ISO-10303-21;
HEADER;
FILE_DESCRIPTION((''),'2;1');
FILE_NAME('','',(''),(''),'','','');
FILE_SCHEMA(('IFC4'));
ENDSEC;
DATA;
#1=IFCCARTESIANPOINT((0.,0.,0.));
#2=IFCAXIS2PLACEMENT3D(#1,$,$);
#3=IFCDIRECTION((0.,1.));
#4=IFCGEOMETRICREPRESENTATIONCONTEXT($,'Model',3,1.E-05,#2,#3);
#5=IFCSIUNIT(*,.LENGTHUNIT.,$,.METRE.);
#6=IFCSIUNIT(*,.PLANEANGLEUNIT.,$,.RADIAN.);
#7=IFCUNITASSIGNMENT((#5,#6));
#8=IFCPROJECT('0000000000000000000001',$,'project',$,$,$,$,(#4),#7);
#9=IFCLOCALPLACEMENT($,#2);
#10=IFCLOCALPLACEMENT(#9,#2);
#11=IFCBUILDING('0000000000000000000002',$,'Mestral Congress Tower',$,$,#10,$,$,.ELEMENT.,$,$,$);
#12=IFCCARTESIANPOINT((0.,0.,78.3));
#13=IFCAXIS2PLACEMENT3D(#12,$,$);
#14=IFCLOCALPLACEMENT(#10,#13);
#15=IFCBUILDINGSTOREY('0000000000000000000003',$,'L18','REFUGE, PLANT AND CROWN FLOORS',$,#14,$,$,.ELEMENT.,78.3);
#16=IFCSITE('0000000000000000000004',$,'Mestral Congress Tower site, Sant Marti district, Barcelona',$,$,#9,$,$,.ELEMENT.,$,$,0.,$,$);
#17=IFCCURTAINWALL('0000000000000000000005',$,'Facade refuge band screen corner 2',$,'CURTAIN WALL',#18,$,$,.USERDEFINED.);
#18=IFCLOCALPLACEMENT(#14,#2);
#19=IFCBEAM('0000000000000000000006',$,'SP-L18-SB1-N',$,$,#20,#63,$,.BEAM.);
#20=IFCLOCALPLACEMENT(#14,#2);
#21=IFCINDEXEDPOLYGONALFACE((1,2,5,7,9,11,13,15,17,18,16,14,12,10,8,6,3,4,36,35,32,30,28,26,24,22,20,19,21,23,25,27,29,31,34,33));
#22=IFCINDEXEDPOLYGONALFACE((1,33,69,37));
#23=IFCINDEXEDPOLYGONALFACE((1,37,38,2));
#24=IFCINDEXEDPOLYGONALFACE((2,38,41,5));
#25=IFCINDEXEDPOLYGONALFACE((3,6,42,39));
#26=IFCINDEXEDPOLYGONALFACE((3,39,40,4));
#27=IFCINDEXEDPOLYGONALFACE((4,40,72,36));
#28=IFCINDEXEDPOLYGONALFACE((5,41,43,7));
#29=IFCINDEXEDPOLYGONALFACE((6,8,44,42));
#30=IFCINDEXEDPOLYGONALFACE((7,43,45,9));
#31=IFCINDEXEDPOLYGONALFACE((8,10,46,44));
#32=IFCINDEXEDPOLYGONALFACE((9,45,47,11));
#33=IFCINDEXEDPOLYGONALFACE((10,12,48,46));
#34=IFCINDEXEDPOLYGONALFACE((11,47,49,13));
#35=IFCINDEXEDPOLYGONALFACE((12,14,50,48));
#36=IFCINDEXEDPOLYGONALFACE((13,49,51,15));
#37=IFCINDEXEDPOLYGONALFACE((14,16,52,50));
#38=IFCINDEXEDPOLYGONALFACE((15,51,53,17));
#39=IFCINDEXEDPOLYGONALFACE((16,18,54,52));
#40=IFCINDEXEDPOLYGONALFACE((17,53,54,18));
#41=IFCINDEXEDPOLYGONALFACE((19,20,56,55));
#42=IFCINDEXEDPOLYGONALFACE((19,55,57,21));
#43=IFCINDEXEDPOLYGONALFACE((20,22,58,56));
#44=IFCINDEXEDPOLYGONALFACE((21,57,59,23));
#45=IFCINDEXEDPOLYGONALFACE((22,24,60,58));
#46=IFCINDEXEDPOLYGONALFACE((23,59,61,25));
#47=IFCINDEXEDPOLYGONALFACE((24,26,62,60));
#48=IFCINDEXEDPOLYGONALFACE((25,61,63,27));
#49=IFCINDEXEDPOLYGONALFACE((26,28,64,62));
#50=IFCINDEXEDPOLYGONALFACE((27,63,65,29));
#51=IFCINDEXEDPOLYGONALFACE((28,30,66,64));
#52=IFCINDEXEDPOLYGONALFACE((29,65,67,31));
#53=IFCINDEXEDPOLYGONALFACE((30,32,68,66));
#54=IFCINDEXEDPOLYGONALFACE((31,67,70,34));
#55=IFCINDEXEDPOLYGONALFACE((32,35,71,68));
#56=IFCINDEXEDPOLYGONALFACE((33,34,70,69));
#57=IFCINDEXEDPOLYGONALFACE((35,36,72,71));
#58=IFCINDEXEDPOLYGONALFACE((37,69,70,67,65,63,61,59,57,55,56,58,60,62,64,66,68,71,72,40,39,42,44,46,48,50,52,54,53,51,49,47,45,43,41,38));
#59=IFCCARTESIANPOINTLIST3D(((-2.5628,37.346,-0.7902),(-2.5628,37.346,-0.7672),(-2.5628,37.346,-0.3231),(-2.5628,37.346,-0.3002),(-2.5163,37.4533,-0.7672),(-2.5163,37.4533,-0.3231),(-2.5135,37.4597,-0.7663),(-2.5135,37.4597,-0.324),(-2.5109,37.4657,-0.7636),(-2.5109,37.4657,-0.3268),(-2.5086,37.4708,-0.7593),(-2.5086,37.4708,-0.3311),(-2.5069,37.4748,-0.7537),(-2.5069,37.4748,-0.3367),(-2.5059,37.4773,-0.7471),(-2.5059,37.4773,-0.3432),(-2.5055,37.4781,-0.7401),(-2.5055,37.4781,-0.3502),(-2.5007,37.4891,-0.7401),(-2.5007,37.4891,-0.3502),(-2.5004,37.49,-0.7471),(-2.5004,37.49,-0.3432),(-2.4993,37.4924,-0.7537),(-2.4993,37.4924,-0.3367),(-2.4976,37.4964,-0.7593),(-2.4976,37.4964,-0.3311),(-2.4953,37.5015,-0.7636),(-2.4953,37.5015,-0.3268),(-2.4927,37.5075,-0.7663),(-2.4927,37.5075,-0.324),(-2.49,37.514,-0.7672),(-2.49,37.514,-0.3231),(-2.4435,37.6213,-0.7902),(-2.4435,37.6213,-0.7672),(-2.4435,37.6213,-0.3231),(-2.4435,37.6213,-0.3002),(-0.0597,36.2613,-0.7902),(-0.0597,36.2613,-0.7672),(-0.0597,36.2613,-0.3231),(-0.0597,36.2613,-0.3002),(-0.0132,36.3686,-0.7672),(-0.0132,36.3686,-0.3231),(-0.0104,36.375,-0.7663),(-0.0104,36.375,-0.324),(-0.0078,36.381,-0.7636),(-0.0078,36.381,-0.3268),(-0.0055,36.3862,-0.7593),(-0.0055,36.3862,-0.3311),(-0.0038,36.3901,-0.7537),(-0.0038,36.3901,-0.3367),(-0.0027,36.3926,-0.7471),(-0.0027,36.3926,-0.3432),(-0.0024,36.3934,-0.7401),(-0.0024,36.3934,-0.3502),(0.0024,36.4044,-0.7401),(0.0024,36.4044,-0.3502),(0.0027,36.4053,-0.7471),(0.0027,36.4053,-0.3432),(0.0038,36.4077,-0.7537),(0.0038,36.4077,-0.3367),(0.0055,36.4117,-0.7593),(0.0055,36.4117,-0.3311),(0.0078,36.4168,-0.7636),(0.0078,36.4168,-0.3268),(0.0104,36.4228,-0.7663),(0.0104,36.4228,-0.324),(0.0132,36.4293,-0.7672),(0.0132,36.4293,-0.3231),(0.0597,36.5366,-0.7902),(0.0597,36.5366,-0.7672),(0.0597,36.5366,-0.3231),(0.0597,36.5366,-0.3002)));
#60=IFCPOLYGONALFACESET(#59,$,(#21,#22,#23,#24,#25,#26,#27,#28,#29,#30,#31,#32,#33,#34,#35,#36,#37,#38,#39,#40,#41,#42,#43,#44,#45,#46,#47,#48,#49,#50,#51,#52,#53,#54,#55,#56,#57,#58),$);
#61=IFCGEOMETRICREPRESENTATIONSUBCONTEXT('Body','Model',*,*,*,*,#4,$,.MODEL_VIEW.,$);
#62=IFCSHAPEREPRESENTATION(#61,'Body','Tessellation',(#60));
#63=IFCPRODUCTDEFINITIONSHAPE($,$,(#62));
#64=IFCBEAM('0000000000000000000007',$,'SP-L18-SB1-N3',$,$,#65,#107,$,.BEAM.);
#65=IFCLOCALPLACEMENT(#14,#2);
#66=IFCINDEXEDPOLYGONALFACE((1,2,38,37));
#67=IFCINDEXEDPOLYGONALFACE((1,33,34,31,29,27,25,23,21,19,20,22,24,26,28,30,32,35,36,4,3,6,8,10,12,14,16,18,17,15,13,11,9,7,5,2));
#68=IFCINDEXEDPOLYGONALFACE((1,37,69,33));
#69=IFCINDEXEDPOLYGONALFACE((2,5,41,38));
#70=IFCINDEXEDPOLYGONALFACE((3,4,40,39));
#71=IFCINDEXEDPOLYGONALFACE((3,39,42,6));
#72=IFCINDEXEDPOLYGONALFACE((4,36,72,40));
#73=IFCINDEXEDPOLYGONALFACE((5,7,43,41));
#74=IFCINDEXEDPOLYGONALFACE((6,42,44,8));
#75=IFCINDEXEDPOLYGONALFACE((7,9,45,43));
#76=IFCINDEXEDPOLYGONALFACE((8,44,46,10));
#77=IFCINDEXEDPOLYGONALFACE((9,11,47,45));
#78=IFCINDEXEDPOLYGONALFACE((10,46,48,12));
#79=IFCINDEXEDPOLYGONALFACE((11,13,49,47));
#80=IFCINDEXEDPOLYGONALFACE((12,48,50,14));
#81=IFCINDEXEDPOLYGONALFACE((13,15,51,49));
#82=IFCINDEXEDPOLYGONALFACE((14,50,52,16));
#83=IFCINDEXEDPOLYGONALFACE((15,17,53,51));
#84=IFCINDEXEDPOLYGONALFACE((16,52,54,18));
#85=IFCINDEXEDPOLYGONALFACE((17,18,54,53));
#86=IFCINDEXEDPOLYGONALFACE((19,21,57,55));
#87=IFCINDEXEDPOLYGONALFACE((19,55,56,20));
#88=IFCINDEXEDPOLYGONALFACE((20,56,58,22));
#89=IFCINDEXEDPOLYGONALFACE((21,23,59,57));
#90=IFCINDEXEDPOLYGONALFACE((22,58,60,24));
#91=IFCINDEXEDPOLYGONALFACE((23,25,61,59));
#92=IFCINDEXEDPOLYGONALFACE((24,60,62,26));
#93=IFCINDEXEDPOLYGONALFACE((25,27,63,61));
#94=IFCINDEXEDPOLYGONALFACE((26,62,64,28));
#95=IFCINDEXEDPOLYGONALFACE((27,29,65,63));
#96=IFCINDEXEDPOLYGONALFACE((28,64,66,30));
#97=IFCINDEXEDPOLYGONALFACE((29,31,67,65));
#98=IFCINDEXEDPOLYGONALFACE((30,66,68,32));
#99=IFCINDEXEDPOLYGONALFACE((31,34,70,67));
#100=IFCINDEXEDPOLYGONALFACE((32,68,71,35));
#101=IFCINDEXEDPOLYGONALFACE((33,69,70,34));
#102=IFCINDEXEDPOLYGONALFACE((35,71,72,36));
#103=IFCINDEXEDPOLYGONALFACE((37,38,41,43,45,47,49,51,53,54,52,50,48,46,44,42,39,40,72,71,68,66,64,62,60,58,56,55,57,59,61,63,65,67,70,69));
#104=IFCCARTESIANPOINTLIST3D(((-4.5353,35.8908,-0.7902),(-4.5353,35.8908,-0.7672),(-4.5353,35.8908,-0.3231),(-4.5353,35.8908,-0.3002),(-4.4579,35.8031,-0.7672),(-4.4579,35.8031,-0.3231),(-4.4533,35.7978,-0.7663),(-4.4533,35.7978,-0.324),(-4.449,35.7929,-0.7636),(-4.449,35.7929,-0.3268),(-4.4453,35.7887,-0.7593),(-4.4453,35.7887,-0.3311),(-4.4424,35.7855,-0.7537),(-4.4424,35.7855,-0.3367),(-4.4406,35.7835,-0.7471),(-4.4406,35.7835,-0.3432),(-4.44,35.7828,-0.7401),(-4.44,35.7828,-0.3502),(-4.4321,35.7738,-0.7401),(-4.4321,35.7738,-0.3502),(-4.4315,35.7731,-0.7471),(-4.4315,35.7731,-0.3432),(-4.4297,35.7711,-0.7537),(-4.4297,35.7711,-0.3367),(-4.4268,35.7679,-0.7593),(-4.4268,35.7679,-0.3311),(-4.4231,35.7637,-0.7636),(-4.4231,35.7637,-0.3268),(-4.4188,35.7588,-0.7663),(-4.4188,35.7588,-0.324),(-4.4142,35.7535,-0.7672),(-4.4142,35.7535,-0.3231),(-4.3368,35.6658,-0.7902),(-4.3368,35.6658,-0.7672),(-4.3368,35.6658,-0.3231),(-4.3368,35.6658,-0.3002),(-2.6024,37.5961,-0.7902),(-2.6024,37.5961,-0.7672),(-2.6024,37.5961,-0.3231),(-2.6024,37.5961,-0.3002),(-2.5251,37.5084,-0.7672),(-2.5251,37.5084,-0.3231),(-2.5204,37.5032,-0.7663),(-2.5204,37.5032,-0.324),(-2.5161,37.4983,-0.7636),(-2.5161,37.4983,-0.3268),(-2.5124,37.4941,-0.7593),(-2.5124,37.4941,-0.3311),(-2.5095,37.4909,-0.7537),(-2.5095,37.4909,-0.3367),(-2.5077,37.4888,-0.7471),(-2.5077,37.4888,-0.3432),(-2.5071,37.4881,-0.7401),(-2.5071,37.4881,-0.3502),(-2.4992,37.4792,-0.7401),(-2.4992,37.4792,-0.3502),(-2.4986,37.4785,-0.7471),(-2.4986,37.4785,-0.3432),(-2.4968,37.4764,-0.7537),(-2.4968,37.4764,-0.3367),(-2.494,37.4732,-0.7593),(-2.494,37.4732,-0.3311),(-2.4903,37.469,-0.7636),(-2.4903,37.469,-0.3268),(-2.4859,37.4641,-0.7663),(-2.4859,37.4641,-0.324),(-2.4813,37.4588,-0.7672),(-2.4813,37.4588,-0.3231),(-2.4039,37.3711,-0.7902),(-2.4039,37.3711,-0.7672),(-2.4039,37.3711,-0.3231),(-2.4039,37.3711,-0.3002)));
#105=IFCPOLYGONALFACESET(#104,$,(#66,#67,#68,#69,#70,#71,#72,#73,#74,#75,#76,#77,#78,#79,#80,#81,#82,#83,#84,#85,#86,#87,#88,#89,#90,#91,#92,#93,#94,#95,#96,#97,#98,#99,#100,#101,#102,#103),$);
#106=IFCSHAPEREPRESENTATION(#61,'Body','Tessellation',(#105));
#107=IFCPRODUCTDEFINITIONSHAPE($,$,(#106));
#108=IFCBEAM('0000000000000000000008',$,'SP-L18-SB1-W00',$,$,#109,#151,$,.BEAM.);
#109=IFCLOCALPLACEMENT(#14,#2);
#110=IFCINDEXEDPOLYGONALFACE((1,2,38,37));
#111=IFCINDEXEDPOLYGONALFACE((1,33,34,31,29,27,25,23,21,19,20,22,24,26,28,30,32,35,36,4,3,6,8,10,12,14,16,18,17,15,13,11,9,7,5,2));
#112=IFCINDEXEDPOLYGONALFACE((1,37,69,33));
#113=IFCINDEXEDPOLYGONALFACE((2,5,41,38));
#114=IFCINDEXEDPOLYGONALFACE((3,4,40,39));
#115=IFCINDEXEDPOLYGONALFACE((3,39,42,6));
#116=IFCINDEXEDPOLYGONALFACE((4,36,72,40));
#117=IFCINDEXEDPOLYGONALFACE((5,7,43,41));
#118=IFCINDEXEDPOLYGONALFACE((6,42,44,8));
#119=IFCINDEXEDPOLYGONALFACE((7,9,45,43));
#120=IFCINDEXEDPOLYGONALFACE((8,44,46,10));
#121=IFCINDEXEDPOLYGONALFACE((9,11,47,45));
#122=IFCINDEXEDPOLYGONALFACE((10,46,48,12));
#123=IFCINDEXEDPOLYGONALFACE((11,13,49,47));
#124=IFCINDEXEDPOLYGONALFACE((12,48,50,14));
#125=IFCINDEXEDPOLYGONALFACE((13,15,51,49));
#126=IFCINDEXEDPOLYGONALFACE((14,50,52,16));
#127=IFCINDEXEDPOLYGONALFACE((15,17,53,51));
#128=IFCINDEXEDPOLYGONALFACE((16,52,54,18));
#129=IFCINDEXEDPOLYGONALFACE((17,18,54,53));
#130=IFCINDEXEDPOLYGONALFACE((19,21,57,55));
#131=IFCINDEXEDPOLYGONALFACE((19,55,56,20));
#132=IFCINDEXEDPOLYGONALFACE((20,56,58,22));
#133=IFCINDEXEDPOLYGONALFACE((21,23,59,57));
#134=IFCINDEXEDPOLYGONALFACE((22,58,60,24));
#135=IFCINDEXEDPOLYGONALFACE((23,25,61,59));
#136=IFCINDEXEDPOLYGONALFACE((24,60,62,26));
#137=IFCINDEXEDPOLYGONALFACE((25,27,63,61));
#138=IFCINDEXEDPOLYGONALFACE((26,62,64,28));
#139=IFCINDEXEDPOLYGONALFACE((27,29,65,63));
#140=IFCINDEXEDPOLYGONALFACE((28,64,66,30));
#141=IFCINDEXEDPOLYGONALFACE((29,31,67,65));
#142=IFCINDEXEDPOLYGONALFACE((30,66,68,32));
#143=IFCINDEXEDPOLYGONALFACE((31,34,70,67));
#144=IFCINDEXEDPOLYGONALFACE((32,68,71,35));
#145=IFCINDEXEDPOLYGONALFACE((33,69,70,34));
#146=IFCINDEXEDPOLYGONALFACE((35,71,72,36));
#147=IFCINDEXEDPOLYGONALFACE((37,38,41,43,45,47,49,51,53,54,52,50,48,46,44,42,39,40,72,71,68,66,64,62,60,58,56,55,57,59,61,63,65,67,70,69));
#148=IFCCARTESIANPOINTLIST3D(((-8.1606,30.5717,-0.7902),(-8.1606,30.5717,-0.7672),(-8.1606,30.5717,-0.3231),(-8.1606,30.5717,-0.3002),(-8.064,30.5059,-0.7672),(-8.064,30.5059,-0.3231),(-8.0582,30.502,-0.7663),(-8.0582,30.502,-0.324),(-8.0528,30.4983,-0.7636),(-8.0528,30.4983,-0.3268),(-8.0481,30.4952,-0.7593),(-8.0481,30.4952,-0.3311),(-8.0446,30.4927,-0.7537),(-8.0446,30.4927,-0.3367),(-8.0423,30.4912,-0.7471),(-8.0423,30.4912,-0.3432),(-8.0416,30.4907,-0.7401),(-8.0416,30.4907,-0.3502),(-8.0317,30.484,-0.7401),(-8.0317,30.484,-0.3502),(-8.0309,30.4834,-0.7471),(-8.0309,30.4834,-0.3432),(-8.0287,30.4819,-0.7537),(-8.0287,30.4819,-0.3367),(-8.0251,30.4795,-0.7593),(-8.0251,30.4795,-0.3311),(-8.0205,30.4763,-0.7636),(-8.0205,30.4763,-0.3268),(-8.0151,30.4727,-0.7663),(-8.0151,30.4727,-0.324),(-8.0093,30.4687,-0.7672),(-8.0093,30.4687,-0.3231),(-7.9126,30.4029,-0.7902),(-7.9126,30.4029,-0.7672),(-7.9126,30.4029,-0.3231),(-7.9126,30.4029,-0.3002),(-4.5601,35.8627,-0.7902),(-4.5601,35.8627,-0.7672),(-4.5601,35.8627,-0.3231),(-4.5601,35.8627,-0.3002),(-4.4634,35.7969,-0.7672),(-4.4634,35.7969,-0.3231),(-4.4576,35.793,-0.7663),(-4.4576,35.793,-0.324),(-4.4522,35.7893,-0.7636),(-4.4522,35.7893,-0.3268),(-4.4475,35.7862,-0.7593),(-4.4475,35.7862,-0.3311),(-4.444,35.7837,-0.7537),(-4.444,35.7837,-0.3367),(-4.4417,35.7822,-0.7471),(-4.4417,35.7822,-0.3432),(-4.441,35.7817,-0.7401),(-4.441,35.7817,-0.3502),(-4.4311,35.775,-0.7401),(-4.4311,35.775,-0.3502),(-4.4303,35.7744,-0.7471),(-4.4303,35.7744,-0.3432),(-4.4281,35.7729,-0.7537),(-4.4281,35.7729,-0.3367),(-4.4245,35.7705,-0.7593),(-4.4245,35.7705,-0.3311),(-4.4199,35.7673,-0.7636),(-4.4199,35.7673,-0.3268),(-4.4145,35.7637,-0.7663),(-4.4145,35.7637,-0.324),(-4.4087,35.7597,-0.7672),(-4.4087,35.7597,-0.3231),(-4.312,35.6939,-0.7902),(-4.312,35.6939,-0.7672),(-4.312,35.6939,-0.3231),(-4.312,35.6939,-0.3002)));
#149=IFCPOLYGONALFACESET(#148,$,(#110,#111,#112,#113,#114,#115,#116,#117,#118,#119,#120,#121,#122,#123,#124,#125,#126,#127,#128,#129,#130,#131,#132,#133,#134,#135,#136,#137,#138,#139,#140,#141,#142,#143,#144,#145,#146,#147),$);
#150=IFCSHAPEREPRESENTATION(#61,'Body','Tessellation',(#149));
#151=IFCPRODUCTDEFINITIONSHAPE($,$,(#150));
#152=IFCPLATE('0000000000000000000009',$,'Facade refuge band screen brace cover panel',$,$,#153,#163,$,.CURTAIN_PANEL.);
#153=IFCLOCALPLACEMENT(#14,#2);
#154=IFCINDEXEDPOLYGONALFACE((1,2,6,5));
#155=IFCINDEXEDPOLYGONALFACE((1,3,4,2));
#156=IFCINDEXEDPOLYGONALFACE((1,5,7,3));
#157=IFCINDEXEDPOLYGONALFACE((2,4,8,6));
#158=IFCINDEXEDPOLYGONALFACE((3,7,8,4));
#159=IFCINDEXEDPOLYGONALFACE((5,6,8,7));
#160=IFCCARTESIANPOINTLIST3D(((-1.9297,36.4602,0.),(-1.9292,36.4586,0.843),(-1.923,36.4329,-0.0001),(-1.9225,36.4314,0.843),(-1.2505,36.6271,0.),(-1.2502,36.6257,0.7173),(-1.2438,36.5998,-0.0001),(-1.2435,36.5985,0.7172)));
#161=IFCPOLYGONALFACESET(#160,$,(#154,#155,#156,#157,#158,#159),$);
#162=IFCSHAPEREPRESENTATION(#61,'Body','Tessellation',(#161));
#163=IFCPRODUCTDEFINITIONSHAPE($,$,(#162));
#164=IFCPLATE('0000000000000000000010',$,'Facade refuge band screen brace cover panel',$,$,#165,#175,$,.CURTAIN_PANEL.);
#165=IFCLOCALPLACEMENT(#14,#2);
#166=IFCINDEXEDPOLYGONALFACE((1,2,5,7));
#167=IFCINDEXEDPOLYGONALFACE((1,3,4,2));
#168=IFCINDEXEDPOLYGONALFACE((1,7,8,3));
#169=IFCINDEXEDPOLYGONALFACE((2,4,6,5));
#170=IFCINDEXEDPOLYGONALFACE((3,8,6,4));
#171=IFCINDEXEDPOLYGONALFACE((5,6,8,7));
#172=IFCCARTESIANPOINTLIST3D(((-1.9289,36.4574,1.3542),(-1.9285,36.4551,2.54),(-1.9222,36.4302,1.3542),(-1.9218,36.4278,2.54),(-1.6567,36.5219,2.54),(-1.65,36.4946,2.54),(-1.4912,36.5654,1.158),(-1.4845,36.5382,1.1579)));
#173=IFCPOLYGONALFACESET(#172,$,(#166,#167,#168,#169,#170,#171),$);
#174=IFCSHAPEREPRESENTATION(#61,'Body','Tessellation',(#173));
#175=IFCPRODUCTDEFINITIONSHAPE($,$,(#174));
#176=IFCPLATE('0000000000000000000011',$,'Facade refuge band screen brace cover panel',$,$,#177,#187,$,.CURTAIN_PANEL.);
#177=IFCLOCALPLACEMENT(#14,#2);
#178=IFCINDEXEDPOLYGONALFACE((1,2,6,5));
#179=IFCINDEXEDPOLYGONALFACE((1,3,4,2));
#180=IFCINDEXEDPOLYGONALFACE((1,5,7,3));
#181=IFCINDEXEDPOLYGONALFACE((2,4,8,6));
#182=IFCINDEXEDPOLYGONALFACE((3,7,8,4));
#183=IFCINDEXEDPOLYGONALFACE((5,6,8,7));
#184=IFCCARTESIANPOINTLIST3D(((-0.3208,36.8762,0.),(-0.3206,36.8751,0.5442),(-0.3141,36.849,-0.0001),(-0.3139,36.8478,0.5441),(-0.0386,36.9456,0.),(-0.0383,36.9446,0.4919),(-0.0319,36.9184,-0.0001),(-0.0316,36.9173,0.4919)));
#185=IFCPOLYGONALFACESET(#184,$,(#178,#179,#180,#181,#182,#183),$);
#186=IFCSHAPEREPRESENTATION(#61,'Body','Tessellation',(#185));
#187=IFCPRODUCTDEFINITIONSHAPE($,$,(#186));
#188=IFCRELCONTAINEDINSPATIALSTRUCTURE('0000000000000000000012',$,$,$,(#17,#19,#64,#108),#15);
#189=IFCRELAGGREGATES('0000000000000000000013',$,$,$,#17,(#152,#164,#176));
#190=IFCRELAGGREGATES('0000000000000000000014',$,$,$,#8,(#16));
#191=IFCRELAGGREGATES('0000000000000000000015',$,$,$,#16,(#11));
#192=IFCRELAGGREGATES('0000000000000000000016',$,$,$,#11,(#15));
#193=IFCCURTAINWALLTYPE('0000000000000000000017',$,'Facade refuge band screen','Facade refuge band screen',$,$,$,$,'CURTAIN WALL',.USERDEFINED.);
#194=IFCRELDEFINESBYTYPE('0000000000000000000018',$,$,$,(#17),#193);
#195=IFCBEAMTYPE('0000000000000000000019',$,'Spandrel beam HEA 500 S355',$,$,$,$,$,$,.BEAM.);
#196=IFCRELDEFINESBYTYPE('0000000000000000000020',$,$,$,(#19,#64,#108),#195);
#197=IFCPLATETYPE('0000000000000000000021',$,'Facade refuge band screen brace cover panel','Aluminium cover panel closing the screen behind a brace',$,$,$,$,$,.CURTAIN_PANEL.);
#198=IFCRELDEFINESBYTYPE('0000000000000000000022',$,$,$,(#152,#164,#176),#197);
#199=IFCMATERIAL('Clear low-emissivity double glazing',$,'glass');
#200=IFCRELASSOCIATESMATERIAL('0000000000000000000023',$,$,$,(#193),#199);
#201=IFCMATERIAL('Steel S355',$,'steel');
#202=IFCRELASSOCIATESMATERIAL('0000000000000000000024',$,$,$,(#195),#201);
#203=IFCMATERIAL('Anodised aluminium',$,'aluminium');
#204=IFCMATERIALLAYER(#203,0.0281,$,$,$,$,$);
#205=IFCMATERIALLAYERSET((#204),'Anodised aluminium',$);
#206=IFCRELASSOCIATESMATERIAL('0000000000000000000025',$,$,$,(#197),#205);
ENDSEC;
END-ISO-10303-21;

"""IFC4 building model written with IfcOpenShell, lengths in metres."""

from ifc_helpers import new_model, si_unit, direction, frame, origin, origin_2d, place, context, subcontext, project, spatial, polyline, i_section, outline, extrude, material, layer, layer_set, material_profile, profile_set, type_object, element, aggregate, save


model = new_model("IFC4")

# Units and contexts
model_context = context("Model", 3, precision=1e-05, world=origin(), true_north=direction((0.0, 1.0)))
body_context = subcontext(model_context, "Body", "Model", "MODEL_VIEW")
ifc_project = project(units=[si_unit("LENGTHUNIT", "METRE"), si_unit("PLANEANGLEUNIT", "RADIAN")], contexts=[model_context])

# Site, building, storey
site_placement = place(None, origin())
site = spatial("IfcSite", under=ifc_project, at=site_placement, Name="Mestral Congress Tower site, Sant Marti district, Barcelona", CompositionType="ELEMENT", RefElevation=0.0)
building_placement = place(site_placement, origin())
building = spatial("IfcBuilding", under=site, at=building_placement, Name="Mestral Congress Tower", CompositionType="ELEMENT")
storey_placement = place(building_placement, frame((0.0, 0.0, 78.3)))
storey = spatial("IfcBuildingStorey", under=building, at=storey_placement, Name="L18", Description="REFUGE, PLANT AND CROWN FLOORS", CompositionType="ELEMENT", Elevation=78.3)

# Shared definitions
ifc_material_1 = material(Name="Steel S355", Category="steel")

# Curtain wall
ifc_material_2 = material(Name="Clear low-emissivity double glazing", Category="glass")
curtain_wall_type = type_object("IfcCurtainWallType", Name="Facade refuge band screen", Description="Facade refuge band screen", ElementType="CURTAIN WALL", PredefinedType="USERDEFINED", material=ifc_material_2)
placement = place(storey_placement, origin())
curtain_wall_1 = element("IfcCurtainWall", 1, at=placement, inside=storey, type_object=curtain_wall_type, Name="Facade refuge band screen corner 2", ObjectType="CURTAIN WALL", PredefinedType="USERDEFINED")
ifc_material_3 = material(Name="Anodised aluminium", Category="aluminium")

# Beams
ifc_material_profile_1 = material_profile(ifc_material_1, i_section(OverallWidth=0.3, OverallDepth=0.49, WebThickness=0.012, FlangeThickness=0.0229, FilletRadius=0.0271, at=origin_2d()), Name="HEA 500")
ifc_profile_set_1 = profile_set([ifc_material_profile_1], Name="Steel S355")
beam_type_1 = type_object("IfcBeamType", Name="Spandrel beam HEA 500 S355", PredefinedType="BEAM", material=ifc_profile_set_1)
beam_1_placement = place(storey_placement, frame((0.0, 36.3989, -0.5452), z_axis=(-0.917555, 0.39761, 0.0), x_axis=(-0.39761, -0.917555, 0.0)))
element("IfcBeam", 2, at=beam_1_placement, inside=storey, type_object=beam_type_1, Name="SP-L18-SB1-N", PredefinedType="BEAM", context=body_context, shape_type="SweptSolid", body=[
    extrude(i_section(OverallWidth=0.3, OverallDepth=0.49, WebThickness=0.012, FlangeThickness=0.0229, FilletRadius=0.0271, at=origin_2d()), origin(), (0.0, 0.0, 1.0), 2.728),
])
beam_2_placement = place(storey_placement, frame((-2.5032, 37.4836, -0.5452), z_axis=(-0.749865, -0.66159, 0.0), x_axis=(0.66159, -0.749865, 0.0)))
element("IfcBeam", 3, at=beam_2_placement, inside=storey, type_object=beam_type_1, Name="SP-L18-SB1-N3", PredefinedType="BEAM", context=body_context, shape_type="SweptSolid", body=[
    extrude(i_section(OverallWidth=0.3, OverallDepth=0.49, WebThickness=0.012, FlangeThickness=0.0229, FilletRadius=0.0271, at=origin_2d()), origin(), (0.0, 0.0, 1.0), 2.5776),
])
beam_3_placement = place(storey_placement, frame((-4.436, 35.7783, -0.5452), z_axis=(-0.562598, -0.826731, 0.0), x_axis=(0.826731, -0.562598, 0.0)))
element("IfcBeam", 4, at=beam_3_placement, inside=storey, type_object=beam_type_1, Name="SP-L18-SB1-W00", PredefinedType="BEAM", context=body_context, shape_type="SweptSolid", body=[
    extrude(i_section(OverallWidth=0.3, OverallDepth=0.49, WebThickness=0.012, FlangeThickness=0.0229, FilletRadius=0.0271, at=origin_2d()), origin(), (0.0, 0.0, 1.0), 6.3999),
])

# Plates
ifc_layer_1 = layer(ifc_material_3, 0.0281)
ifc_layer_set_1 = layer_set([ifc_layer_1], Name="Anodised aluminium")
plate_type_1 = type_object("IfcPlateType", Name="Facade refuge band screen brace cover panel", Description="Aluminium cover panel closing the screen behind a brace", PredefinedType="CURTAIN_PANEL", material=ifc_layer_set_1)
plate_1_placement = place(storey_placement, frame((-1.9297, 36.4602, 0.0), z_axis=(-0.238627, 0.971109, 0.001935), x_axis=(0.971111, 0.238627, 0.0)))
plate_1 = element("IfcPlate", 5, at=plate_1_placement, type_object=plate_type_1, Name="Facade refuge band screen brace cover panel", PredefinedType="CURTAIN_PANEL", context=body_context, shape_type="SweptSolid", body=[
    extrude(outline(polyline([(0.0, 0.0), (0.6994, 0.0), (0.6993, -0.7173), (0.0001, -0.843), (0.0, 0.0)])), origin(), (0.0, 0.0, -1.0), 0.0281),
])
plate_2_placement = place(storey_placement, frame((-1.9285, 36.4551, 2.54), z_axis=(-0.238706, 0.97109, 0.002016), x_axis=(-0.000392, 0.001979, -0.999998)))
plate_2 = element("IfcPlate", 6, at=plate_2_placement, type_object=plate_type_1, Name="Facade refuge band screen brace cover panel", PredefinedType="CURTAIN_PANEL", context=body_context, shape_type="SweptSolid", body=[
    extrude(outline(polyline([(0.0, 0.0), (1.1858, 0.0), (1.3821, -0.4508), (0.0, -0.2798), (0.0, 0.0)])), origin(), (0.0, 0.0, -1.0), 0.0281),
])
plate_3_placement = place(storey_placement, frame((-0.0383, 36.9446, 0.4919), z_axis=(-0.238786, 0.97107, 0.002172), x_axis=(-0.955664, -0.235394, 0.176905)))
plate_3 = element("IfcPlate", 7, at=plate_3_placement, type_object=plate_type_1, Name="Facade refuge band screen brace cover panel", PredefinedType="CURTAIN_PANEL", context=body_context, shape_type="SweptSolid", body=[
    extrude(outline(polyline([(0.0, 0.0), (0.2953, 0.0), (0.199, -0.5356), (-0.087, -0.4842), (0.0, 0.0)])), origin(), (0.0, 0.0, -1.0), 0.0281),
])

aggregate(curtain_wall_1, [plate_1, plate_2, plate_3])

save(model, "model.ifc")
